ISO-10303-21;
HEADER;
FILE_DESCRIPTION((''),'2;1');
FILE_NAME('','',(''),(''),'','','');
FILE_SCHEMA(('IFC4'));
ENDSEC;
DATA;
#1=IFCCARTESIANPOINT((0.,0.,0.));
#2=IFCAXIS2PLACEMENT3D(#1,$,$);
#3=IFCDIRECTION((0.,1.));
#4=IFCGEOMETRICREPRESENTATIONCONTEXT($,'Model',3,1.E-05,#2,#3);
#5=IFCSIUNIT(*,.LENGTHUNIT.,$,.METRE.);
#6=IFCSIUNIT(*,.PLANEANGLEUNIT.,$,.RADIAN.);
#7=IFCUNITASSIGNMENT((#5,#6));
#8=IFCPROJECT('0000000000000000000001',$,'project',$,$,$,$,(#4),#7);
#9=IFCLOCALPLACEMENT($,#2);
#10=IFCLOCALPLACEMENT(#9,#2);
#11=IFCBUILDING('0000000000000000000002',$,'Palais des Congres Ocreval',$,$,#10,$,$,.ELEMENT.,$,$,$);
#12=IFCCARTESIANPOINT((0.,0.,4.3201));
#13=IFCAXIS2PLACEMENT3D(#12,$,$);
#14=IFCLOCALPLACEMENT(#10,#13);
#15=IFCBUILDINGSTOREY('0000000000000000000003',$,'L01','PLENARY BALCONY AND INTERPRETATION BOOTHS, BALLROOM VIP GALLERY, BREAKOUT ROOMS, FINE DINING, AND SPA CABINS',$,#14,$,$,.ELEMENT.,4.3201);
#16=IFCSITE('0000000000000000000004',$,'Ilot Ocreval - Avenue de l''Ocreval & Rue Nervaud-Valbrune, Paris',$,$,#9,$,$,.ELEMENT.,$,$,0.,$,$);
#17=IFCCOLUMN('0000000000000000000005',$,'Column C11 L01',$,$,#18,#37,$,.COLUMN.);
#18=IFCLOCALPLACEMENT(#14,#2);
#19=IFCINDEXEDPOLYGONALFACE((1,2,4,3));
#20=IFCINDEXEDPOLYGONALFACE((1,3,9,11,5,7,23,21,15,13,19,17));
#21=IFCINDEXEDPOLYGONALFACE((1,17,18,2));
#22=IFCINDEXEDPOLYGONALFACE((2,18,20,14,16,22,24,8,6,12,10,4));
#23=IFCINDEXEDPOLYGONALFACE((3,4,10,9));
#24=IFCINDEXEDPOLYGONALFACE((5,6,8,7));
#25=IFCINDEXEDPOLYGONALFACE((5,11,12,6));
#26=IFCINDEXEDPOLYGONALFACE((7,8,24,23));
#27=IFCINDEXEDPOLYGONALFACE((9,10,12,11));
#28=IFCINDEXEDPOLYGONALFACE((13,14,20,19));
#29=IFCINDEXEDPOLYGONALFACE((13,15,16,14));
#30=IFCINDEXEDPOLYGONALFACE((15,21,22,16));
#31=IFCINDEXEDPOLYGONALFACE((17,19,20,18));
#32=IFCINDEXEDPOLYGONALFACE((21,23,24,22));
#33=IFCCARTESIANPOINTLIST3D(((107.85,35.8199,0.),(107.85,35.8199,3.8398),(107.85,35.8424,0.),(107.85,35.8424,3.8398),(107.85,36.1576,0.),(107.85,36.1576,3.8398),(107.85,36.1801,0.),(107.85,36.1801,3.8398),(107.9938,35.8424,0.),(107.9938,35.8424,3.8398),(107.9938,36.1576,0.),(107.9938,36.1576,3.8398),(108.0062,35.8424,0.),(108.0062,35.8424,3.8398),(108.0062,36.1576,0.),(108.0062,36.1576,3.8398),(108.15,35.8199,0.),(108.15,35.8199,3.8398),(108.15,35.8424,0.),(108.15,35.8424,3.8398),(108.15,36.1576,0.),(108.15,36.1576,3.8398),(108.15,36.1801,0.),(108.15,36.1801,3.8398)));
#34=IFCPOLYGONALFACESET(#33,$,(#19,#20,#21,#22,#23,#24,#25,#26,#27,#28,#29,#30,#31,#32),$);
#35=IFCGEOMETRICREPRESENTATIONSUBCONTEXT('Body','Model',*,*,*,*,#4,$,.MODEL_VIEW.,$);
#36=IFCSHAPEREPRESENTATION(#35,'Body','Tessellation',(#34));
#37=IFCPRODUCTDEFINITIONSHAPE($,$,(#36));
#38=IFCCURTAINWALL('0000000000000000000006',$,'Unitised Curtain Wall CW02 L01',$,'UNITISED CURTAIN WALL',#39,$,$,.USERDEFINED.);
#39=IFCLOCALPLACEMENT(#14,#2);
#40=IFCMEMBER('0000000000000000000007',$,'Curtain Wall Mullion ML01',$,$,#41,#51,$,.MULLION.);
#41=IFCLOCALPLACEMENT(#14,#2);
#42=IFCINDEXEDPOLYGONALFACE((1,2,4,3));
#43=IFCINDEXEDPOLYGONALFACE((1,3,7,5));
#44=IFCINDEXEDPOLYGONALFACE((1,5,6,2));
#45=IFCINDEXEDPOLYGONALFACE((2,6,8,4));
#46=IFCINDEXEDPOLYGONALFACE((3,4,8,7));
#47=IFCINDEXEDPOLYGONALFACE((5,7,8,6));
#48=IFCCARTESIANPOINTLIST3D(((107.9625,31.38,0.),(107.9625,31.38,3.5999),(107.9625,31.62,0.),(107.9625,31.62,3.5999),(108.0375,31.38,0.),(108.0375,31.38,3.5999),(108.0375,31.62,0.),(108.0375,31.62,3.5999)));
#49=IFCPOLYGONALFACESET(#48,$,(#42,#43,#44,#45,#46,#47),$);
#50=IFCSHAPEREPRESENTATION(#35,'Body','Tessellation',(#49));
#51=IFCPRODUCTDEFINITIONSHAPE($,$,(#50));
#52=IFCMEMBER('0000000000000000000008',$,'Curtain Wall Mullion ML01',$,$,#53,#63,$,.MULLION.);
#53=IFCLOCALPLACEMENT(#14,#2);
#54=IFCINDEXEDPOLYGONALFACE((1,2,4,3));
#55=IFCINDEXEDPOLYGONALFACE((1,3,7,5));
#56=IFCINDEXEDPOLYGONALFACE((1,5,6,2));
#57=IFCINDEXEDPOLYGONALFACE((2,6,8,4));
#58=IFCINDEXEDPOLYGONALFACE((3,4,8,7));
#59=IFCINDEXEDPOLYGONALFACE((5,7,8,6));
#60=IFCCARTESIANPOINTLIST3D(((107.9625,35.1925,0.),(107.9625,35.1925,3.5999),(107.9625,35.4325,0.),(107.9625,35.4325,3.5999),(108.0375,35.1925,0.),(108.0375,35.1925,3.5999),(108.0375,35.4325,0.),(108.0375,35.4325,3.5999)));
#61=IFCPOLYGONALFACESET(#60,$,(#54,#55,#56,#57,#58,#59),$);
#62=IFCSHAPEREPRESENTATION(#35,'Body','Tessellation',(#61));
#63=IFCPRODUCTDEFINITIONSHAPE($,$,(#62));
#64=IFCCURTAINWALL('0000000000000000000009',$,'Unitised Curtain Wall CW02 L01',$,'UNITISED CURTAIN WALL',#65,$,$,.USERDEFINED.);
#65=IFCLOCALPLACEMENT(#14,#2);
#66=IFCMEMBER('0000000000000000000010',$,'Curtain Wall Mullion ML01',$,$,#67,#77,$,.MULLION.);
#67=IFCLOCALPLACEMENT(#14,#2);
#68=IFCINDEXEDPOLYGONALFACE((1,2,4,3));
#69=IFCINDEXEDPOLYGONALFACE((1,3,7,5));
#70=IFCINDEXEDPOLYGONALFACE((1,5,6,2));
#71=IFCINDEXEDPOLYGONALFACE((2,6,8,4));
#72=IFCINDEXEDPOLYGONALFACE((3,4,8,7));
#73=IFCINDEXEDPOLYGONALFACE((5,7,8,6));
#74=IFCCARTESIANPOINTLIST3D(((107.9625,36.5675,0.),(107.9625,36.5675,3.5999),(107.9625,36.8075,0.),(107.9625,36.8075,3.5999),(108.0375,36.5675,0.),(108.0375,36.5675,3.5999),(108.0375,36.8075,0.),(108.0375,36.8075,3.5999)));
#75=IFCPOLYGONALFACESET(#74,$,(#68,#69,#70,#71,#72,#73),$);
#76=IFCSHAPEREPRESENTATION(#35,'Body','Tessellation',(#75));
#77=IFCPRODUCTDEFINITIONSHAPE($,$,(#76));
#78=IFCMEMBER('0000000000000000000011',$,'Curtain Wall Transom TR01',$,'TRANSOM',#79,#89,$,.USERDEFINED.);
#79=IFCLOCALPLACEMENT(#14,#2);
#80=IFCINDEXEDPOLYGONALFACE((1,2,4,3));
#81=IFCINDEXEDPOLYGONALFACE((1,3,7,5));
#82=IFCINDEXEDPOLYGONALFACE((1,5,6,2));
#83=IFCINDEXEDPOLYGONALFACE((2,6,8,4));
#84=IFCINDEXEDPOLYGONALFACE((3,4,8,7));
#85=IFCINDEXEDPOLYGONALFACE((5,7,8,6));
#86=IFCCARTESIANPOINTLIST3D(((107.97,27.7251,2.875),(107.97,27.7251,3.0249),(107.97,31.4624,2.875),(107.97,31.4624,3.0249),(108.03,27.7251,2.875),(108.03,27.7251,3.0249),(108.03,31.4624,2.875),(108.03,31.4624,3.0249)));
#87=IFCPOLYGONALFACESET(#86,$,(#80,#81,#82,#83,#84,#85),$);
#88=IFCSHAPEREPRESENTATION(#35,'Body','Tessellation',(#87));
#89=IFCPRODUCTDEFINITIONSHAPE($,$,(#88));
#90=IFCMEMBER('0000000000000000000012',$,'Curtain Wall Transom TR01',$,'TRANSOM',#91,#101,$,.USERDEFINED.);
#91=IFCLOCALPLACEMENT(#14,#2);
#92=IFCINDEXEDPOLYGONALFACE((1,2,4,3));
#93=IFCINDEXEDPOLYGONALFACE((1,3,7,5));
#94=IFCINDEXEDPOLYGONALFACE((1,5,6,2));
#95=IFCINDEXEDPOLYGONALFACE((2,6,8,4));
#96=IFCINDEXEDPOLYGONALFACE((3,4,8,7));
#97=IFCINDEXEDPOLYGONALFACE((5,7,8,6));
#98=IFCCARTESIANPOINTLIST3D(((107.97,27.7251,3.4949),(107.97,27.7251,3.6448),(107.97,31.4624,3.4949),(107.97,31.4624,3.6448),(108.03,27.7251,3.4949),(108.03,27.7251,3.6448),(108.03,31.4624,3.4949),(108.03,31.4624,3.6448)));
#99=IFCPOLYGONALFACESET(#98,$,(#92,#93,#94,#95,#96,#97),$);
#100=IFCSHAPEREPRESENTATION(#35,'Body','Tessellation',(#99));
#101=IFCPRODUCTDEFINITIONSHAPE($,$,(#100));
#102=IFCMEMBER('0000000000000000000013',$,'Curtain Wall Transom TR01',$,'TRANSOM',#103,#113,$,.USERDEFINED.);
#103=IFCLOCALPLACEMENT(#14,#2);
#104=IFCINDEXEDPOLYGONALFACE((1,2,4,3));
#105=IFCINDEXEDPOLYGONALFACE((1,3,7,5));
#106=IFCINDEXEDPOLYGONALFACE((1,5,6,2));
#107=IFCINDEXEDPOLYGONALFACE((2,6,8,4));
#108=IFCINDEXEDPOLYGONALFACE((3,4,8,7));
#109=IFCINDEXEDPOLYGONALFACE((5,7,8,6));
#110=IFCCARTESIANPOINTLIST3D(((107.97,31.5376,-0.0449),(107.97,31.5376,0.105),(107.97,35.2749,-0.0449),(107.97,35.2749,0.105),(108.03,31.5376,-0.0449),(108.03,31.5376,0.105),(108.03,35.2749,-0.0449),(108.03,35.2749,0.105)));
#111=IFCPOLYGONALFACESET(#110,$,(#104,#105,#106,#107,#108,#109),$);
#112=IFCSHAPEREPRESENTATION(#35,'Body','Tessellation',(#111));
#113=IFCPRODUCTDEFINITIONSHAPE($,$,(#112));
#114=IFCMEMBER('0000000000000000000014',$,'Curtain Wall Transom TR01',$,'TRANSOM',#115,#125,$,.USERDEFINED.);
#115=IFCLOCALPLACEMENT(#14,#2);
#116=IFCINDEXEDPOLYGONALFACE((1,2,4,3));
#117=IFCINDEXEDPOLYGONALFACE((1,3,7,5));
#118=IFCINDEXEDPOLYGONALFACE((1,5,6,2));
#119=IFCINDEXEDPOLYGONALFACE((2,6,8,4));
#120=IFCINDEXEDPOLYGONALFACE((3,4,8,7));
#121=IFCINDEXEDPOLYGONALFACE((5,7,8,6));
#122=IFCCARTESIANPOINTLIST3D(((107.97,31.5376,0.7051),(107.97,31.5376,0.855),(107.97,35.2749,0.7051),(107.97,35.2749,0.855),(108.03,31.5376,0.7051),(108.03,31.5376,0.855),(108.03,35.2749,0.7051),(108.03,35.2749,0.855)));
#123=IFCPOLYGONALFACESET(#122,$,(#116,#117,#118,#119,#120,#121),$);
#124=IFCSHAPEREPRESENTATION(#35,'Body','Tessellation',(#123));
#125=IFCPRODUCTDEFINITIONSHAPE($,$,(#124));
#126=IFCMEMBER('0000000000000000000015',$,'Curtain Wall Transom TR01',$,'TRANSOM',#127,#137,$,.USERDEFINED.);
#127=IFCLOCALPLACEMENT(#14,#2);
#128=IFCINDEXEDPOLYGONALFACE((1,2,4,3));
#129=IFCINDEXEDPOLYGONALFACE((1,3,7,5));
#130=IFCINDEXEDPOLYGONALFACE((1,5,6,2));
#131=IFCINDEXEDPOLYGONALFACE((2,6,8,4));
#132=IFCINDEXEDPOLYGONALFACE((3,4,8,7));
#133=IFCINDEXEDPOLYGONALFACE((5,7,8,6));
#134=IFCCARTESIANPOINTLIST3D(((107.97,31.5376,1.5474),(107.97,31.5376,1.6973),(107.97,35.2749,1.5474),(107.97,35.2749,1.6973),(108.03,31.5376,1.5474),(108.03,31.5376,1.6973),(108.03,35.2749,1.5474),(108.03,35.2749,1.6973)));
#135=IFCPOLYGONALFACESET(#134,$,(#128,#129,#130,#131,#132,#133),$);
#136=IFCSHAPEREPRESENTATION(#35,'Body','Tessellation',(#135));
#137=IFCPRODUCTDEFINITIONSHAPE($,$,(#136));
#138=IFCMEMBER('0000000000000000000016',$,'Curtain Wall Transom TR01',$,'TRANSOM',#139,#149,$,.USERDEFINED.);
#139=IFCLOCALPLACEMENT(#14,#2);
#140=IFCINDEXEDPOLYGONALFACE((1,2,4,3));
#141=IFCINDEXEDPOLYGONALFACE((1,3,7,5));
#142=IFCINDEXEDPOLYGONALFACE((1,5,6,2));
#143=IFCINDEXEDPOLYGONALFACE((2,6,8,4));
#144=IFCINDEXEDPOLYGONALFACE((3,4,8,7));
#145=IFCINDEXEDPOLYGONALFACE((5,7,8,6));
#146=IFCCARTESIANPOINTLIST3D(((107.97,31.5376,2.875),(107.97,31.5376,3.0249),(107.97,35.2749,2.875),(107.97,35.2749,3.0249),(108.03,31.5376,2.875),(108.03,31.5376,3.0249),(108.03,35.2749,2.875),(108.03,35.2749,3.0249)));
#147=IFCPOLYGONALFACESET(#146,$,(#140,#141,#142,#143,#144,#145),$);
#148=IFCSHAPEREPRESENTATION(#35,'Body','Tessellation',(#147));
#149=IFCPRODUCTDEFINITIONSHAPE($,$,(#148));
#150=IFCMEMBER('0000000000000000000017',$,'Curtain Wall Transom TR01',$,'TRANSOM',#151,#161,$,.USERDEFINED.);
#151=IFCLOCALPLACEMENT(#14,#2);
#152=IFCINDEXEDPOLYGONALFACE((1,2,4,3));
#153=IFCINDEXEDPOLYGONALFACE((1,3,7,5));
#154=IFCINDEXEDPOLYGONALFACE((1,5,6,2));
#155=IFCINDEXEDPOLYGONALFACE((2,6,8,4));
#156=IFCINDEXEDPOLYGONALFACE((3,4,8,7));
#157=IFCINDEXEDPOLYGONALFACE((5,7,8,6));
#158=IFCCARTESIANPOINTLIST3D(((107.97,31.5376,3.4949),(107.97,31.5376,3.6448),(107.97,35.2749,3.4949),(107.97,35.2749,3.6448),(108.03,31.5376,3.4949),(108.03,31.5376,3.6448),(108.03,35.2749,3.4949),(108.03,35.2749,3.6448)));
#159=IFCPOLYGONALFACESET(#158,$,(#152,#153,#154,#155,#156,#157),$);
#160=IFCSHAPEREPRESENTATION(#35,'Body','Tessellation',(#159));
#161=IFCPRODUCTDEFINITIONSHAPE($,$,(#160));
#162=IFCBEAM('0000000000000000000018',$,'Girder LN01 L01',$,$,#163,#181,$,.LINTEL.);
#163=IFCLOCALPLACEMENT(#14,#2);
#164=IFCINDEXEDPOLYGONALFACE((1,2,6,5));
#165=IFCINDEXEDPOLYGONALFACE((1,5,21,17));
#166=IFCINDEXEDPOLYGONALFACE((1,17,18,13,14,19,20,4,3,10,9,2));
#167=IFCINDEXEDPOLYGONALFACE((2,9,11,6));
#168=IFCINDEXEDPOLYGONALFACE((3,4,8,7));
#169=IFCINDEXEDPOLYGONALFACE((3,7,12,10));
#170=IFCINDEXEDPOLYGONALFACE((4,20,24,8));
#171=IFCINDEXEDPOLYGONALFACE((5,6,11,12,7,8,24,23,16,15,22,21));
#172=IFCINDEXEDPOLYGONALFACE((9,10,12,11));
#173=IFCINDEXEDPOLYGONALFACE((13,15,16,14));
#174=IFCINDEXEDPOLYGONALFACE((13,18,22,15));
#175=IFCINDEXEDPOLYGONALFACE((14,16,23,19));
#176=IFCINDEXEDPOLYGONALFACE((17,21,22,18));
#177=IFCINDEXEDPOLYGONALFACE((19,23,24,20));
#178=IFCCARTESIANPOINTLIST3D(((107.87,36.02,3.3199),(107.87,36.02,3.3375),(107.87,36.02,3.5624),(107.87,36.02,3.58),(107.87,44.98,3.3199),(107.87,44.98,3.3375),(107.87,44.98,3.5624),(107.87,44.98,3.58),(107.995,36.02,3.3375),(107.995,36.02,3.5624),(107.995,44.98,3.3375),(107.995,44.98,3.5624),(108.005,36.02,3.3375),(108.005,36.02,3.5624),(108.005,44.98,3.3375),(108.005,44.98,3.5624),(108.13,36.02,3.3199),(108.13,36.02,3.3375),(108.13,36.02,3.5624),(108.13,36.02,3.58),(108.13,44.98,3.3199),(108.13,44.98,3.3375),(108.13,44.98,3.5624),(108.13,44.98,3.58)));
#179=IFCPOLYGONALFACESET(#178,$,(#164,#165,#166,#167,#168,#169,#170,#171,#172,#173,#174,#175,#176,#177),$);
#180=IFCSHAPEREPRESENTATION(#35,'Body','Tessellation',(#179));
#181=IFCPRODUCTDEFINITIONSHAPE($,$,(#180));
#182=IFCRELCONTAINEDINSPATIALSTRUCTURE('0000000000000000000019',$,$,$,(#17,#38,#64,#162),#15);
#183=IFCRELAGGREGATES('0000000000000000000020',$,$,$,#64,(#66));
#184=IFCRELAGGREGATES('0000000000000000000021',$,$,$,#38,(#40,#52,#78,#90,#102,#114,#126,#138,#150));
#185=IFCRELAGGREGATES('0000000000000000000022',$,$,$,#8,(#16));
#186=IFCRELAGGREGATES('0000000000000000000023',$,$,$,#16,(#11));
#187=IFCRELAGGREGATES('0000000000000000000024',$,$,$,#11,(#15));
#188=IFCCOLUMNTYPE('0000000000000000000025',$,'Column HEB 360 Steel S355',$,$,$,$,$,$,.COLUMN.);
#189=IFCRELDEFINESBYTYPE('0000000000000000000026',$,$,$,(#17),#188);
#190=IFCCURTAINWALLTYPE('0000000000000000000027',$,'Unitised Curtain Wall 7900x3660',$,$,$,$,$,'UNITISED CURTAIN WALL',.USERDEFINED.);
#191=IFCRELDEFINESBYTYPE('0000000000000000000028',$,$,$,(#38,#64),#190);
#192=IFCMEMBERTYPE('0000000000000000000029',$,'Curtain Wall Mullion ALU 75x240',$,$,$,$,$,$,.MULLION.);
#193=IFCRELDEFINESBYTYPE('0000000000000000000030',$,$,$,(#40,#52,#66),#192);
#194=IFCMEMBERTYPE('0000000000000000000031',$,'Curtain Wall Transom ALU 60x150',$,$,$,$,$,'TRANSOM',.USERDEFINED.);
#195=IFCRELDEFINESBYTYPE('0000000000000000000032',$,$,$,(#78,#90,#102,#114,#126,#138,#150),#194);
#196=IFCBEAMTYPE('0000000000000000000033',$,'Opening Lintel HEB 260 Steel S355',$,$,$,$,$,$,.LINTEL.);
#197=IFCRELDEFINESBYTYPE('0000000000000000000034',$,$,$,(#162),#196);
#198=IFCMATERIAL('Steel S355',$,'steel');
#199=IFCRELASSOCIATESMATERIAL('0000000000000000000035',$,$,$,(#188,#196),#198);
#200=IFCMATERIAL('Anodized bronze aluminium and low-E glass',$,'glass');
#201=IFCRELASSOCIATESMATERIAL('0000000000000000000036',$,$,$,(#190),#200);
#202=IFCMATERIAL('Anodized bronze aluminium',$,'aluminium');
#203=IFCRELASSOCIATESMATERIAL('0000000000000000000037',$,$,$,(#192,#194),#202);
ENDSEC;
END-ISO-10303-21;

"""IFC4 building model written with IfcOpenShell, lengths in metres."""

from ifc_helpers import new_model, si_unit, direction, frame, origin, origin_2d, place, context, subcontext, project, spatial, rectangle, i_section, extrude, material, material_profile, profile_set, type_object, element, aggregate, save


model = new_model("IFC4")

# Units and contexts
model_context = context("Model", 3, precision=1e-05, world=origin(), true_north=direction((0.0, 1.0)))
body_context = subcontext(model_context, "Body", "Model", "MODEL_VIEW")
ifc_project = project(units=[si_unit("LENGTHUNIT", "METRE"), si_unit("PLANEANGLEUNIT", "RADIAN")], contexts=[model_context])

# Site, building, storey
site_placement = place(None, origin())
site = spatial("IfcSite", under=ifc_project, at=site_placement, Name="Ilot Ocreval - Avenue de l'Ocreval & Rue Nervaud-Valbrune, Paris", CompositionType="ELEMENT", RefElevation=0.0)
building_placement = place(site_placement, origin())
building = spatial("IfcBuilding", under=site, at=building_placement, Name="Palais des Congres Ocreval", CompositionType="ELEMENT")
storey_placement = place(building_placement, frame((0.0, 0.0, 4.3201)))
storey = spatial("IfcBuildingStorey", under=building, at=storey_placement, Name="L01", Description="PLENARY BALCONY AND INTERPRETATION BOOTHS, BALLROOM VIP GALLERY, BREAKOUT ROOMS, FINE DINING, AND SPA CABINS", CompositionType="ELEMENT", Elevation=4.3201)

# Column
ifc_material_1 = material(Name="Steel S355", Category="steel")
ifc_material_profile_1 = material_profile(ifc_material_1, i_section(OverallWidth=0.3, OverallDepth=0.3601, WebThickness=0.0125, FlangeThickness=0.0225, at=origin_2d()), Name="HEB 360")
ifc_profile_set_1 = profile_set([ifc_material_profile_1], Name="Steel S355")
column_type = type_object("IfcColumnType", Name="Column HEB 360 Steel S355", PredefinedType="COLUMN", material=ifc_profile_set_1)
column_placement = place(storey_placement, frame((108.0, 36.0, 0.0), z_axis=(0.0, 0.0, 1.0), x_axis=(1.0, 0.0, 0.0)))
element("IfcColumn", 1, at=column_placement, inside=storey, type_object=column_type, Name="Column C11 L01", PredefinedType="COLUMN", context=body_context, shape_type="SweptSolid", body=[
    extrude(i_section(OverallWidth=0.3, OverallDepth=0.3601, WebThickness=0.0125, FlangeThickness=0.0225, at=origin_2d()), origin(), (0.0, 0.0, 1.0), 3.8398),
])

# Curtain wall, members
ifc_material_2 = material(Name="Anodized bronze aluminium and low-E glass", Category="glass")
curtain_wall_type = type_object("IfcCurtainWallType", Name="Unitised Curtain Wall 7900x3660", ElementType="UNITISED CURTAIN WALL", PredefinedType="USERDEFINED", material=ifc_material_2)
curtain_wall_1_placement = place(storey_placement, origin())
curtain_wall_1 = element("IfcCurtainWall", 2, at=curtain_wall_1_placement, inside=storey, type_object=curtain_wall_type, Name="Unitised Curtain Wall CW02 L01", ObjectType="UNITISED CURTAIN WALL", PredefinedType="USERDEFINED")
ifc_material_3 = material(Name="Anodized bronze aluminium", Category="aluminium")
ifc_material_profile_2 = material_profile(ifc_material_3, rectangle(XDim=0.075, YDim=0.24, at=origin_2d()), Name="ALU 75x240")
ifc_profile_set_2 = profile_set([ifc_material_profile_2], Name="Anodized bronze aluminium")
member_type_1 = type_object("IfcMemberType", Name="Curtain Wall Mullion ALU 75x240", PredefinedType="MULLION", material=ifc_profile_set_2)
member_1_placement = place(storey_placement, frame((108.0, 31.5, 0.0), z_axis=(0.0, 0.0, 1.0), x_axis=(-1.0, 0.0, 0.0)))
member_1 = element("IfcMember", 3, at=member_1_placement, type_object=member_type_1, Name="Curtain Wall Mullion ML01", PredefinedType="MULLION", context=body_context, shape_type="SweptSolid", body=[
    extrude(rectangle(XDim=0.075, YDim=0.24, at=origin_2d()), origin(), (0.0, 0.0, 1.0), 3.5999),
])
member_2_placement = place(storey_placement, frame((108.0, 35.3125, 0.0), z_axis=(0.0, 0.0, 1.0), x_axis=(-1.0, 0.0, 0.0)))
member_2 = element("IfcMember", 4, at=member_2_placement, type_object=member_type_1, Name="Curtain Wall Mullion ML01", PredefinedType="MULLION", context=body_context, shape_type="SweptSolid", body=[
    extrude(rectangle(XDim=0.075, YDim=0.24, at=origin_2d()), origin(), (0.0, 0.0, 1.0), 3.5999),
])

# Curtain wall, member
curtain_wall_2_placement = place(storey_placement, origin())
curtain_wall_2 = element("IfcCurtainWall", 5, at=curtain_wall_2_placement, inside=storey, type_object=curtain_wall_type, Name="Unitised Curtain Wall CW02 L01", ObjectType="UNITISED CURTAIN WALL", PredefinedType="USERDEFINED")
member_3_placement = place(storey_placement, frame((108.0, 36.6875, 0.0), z_axis=(0.0, 0.0, 1.0), x_axis=(-1.0, 0.0, 0.0)))
member_3 = element("IfcMember", 6, at=member_3_placement, type_object=member_type_1, Name="Curtain Wall Mullion ML01", PredefinedType="MULLION", context=body_context, shape_type="SweptSolid", body=[
    extrude(rectangle(XDim=0.075, YDim=0.24, at=origin_2d()), origin(), (0.0, 0.0, 1.0), 3.5999),
])
aggregate(curtain_wall_2, [member_3])

# Members
ifc_material_profile_3 = material_profile(ifc_material_3, rectangle(XDim=0.0601, YDim=0.1499, at=origin_2d()), Name="ALU 60x150")
ifc_profile_set_3 = profile_set([ifc_material_profile_3], Name="Anodized bronze aluminium")
member_type_2 = type_object("IfcMemberType", Name="Curtain Wall Transom ALU 60x150", ElementType="TRANSOM", PredefinedType="USERDEFINED", material=ifc_profile_set_3)
member_4_placement = place(storey_placement, frame((108.0, 27.7251, 2.95), z_axis=(0.0, 1.0, 0.0), x_axis=(-1.0, 0.0, 0.0)))
member_4 = element("IfcMember", 7, at=member_4_placement, type_object=member_type_2, Name="Curtain Wall Transom TR01", ObjectType="TRANSOM", PredefinedType="USERDEFINED", context=body_context, shape_type="SweptSolid", body=[
    extrude(rectangle(XDim=0.0601, YDim=0.1499, at=origin_2d()), origin(), (0.0, 0.0, 1.0), 3.7373),
])
member_5_placement = place(storey_placement, frame((108.0, 27.7251, 3.5698), z_axis=(0.0, 1.0, 0.0), x_axis=(-1.0, 0.0, 0.0)))
member_5 = element("IfcMember", 8, at=member_5_placement, type_object=member_type_2, Name="Curtain Wall Transom TR01", ObjectType="TRANSOM", PredefinedType="USERDEFINED", context=body_context, shape_type="SweptSolid", body=[
    extrude(rectangle(XDim=0.0601, YDim=0.1499, at=origin_2d()), origin(), (0.0, 0.0, 1.0), 3.7373),
])
member_6_placement = place(storey_placement, frame((108.0, 31.5376, 0.03), z_axis=(0.0, 1.0, 0.0), x_axis=(-1.0, 0.0, 0.0)))
member_6 = element("IfcMember", 9, at=member_6_placement, type_object=member_type_2, Name="Curtain Wall Transom TR01", ObjectType="TRANSOM", PredefinedType="USERDEFINED", context=body_context, shape_type="SweptSolid", body=[
    extrude(rectangle(XDim=0.0601, YDim=0.1499, at=origin_2d()), origin(), (0.0, 0.0, 1.0), 3.7373),
])
member_7_placement = place(storey_placement, frame((108.0, 31.5376, 0.78), z_axis=(0.0, 1.0, 0.0), x_axis=(-1.0, 0.0, 0.0)))
member_7 = element("IfcMember", 10, at=member_7_placement, type_object=member_type_2, Name="Curtain Wall Transom TR01", ObjectType="TRANSOM", PredefinedType="USERDEFINED", context=body_context, shape_type="SweptSolid", body=[
    extrude(rectangle(XDim=0.0601, YDim=0.1499, at=origin_2d()), origin(), (0.0, 0.0, 1.0), 3.7373),
])
member_8_placement = place(storey_placement, frame((108.0, 31.5376, 1.6223), z_axis=(0.0, 1.0, 0.0), x_axis=(-1.0, 0.0, 0.0)))
member_8 = element("IfcMember", 11, at=member_8_placement, type_object=member_type_2, Name="Curtain Wall Transom TR01", ObjectType="TRANSOM", PredefinedType="USERDEFINED", context=body_context, shape_type="SweptSolid", body=[
    extrude(rectangle(XDim=0.0601, YDim=0.1499, at=origin_2d()), origin(), (0.0, 0.0, 1.0), 3.7373),
])
member_9_placement = place(storey_placement, frame((108.0, 31.5376, 2.95), z_axis=(0.0, 1.0, 0.0), x_axis=(-1.0, 0.0, 0.0)))
member_9 = element("IfcMember", 12, at=member_9_placement, type_object=member_type_2, Name="Curtain Wall Transom TR01", ObjectType="TRANSOM", PredefinedType="USERDEFINED", context=body_context, shape_type="SweptSolid", body=[
    extrude(rectangle(XDim=0.0601, YDim=0.1499, at=origin_2d()), origin(), (0.0, 0.0, 1.0), 3.7373),
])
member_10_placement = place(storey_placement, frame((108.0, 31.5376, 3.5698), z_axis=(0.0, 1.0, 0.0), x_axis=(-1.0, 0.0, 0.0)))
member_10 = element("IfcMember", 13, at=member_10_placement, type_object=member_type_2, Name="Curtain Wall Transom TR01", ObjectType="TRANSOM", PredefinedType="USERDEFINED", context=body_context, shape_type="SweptSolid", body=[
    extrude(rectangle(XDim=0.0601, YDim=0.1499, at=origin_2d()), origin(), (0.0, 0.0, 1.0), 3.7373),
])

# Beam
ifc_material_profile_4 = material_profile(ifc_material_1, i_section(OverallWidth=0.26, OverallDepth=0.26, WebThickness=0.01, FlangeThickness=0.0176, at=origin_2d()), Name="HEB 260")
ifc_profile_set_4 = profile_set([ifc_material_profile_4], Name="Steel S355")
beam_type = type_object("IfcBeamType", Name="Opening Lintel HEB 260 Steel S355", PredefinedType="LINTEL", material=ifc_profile_set_4)
beam_placement = place(storey_placement, frame((108.0, 36.02, 3.45), z_axis=(0.0, 1.0, 0.0), x_axis=(-1.0, 0.0, 0.0)))
element("IfcBeam", 14, at=beam_placement, inside=storey, type_object=beam_type, Name="Girder LN01 L01", PredefinedType="LINTEL", context=body_context, shape_type="SweptSolid", body=[
    extrude(i_section(OverallWidth=0.26, OverallDepth=0.26, WebThickness=0.01, FlangeThickness=0.0176, at=origin_2d()), origin(), (0.0, 0.0, 1.0), 8.96),
])

aggregate(curtain_wall_1, [member_1, member_2, member_4, member_5, member_6, member_7, member_8, member_9, member_10])

save(model, "model.ifc")
